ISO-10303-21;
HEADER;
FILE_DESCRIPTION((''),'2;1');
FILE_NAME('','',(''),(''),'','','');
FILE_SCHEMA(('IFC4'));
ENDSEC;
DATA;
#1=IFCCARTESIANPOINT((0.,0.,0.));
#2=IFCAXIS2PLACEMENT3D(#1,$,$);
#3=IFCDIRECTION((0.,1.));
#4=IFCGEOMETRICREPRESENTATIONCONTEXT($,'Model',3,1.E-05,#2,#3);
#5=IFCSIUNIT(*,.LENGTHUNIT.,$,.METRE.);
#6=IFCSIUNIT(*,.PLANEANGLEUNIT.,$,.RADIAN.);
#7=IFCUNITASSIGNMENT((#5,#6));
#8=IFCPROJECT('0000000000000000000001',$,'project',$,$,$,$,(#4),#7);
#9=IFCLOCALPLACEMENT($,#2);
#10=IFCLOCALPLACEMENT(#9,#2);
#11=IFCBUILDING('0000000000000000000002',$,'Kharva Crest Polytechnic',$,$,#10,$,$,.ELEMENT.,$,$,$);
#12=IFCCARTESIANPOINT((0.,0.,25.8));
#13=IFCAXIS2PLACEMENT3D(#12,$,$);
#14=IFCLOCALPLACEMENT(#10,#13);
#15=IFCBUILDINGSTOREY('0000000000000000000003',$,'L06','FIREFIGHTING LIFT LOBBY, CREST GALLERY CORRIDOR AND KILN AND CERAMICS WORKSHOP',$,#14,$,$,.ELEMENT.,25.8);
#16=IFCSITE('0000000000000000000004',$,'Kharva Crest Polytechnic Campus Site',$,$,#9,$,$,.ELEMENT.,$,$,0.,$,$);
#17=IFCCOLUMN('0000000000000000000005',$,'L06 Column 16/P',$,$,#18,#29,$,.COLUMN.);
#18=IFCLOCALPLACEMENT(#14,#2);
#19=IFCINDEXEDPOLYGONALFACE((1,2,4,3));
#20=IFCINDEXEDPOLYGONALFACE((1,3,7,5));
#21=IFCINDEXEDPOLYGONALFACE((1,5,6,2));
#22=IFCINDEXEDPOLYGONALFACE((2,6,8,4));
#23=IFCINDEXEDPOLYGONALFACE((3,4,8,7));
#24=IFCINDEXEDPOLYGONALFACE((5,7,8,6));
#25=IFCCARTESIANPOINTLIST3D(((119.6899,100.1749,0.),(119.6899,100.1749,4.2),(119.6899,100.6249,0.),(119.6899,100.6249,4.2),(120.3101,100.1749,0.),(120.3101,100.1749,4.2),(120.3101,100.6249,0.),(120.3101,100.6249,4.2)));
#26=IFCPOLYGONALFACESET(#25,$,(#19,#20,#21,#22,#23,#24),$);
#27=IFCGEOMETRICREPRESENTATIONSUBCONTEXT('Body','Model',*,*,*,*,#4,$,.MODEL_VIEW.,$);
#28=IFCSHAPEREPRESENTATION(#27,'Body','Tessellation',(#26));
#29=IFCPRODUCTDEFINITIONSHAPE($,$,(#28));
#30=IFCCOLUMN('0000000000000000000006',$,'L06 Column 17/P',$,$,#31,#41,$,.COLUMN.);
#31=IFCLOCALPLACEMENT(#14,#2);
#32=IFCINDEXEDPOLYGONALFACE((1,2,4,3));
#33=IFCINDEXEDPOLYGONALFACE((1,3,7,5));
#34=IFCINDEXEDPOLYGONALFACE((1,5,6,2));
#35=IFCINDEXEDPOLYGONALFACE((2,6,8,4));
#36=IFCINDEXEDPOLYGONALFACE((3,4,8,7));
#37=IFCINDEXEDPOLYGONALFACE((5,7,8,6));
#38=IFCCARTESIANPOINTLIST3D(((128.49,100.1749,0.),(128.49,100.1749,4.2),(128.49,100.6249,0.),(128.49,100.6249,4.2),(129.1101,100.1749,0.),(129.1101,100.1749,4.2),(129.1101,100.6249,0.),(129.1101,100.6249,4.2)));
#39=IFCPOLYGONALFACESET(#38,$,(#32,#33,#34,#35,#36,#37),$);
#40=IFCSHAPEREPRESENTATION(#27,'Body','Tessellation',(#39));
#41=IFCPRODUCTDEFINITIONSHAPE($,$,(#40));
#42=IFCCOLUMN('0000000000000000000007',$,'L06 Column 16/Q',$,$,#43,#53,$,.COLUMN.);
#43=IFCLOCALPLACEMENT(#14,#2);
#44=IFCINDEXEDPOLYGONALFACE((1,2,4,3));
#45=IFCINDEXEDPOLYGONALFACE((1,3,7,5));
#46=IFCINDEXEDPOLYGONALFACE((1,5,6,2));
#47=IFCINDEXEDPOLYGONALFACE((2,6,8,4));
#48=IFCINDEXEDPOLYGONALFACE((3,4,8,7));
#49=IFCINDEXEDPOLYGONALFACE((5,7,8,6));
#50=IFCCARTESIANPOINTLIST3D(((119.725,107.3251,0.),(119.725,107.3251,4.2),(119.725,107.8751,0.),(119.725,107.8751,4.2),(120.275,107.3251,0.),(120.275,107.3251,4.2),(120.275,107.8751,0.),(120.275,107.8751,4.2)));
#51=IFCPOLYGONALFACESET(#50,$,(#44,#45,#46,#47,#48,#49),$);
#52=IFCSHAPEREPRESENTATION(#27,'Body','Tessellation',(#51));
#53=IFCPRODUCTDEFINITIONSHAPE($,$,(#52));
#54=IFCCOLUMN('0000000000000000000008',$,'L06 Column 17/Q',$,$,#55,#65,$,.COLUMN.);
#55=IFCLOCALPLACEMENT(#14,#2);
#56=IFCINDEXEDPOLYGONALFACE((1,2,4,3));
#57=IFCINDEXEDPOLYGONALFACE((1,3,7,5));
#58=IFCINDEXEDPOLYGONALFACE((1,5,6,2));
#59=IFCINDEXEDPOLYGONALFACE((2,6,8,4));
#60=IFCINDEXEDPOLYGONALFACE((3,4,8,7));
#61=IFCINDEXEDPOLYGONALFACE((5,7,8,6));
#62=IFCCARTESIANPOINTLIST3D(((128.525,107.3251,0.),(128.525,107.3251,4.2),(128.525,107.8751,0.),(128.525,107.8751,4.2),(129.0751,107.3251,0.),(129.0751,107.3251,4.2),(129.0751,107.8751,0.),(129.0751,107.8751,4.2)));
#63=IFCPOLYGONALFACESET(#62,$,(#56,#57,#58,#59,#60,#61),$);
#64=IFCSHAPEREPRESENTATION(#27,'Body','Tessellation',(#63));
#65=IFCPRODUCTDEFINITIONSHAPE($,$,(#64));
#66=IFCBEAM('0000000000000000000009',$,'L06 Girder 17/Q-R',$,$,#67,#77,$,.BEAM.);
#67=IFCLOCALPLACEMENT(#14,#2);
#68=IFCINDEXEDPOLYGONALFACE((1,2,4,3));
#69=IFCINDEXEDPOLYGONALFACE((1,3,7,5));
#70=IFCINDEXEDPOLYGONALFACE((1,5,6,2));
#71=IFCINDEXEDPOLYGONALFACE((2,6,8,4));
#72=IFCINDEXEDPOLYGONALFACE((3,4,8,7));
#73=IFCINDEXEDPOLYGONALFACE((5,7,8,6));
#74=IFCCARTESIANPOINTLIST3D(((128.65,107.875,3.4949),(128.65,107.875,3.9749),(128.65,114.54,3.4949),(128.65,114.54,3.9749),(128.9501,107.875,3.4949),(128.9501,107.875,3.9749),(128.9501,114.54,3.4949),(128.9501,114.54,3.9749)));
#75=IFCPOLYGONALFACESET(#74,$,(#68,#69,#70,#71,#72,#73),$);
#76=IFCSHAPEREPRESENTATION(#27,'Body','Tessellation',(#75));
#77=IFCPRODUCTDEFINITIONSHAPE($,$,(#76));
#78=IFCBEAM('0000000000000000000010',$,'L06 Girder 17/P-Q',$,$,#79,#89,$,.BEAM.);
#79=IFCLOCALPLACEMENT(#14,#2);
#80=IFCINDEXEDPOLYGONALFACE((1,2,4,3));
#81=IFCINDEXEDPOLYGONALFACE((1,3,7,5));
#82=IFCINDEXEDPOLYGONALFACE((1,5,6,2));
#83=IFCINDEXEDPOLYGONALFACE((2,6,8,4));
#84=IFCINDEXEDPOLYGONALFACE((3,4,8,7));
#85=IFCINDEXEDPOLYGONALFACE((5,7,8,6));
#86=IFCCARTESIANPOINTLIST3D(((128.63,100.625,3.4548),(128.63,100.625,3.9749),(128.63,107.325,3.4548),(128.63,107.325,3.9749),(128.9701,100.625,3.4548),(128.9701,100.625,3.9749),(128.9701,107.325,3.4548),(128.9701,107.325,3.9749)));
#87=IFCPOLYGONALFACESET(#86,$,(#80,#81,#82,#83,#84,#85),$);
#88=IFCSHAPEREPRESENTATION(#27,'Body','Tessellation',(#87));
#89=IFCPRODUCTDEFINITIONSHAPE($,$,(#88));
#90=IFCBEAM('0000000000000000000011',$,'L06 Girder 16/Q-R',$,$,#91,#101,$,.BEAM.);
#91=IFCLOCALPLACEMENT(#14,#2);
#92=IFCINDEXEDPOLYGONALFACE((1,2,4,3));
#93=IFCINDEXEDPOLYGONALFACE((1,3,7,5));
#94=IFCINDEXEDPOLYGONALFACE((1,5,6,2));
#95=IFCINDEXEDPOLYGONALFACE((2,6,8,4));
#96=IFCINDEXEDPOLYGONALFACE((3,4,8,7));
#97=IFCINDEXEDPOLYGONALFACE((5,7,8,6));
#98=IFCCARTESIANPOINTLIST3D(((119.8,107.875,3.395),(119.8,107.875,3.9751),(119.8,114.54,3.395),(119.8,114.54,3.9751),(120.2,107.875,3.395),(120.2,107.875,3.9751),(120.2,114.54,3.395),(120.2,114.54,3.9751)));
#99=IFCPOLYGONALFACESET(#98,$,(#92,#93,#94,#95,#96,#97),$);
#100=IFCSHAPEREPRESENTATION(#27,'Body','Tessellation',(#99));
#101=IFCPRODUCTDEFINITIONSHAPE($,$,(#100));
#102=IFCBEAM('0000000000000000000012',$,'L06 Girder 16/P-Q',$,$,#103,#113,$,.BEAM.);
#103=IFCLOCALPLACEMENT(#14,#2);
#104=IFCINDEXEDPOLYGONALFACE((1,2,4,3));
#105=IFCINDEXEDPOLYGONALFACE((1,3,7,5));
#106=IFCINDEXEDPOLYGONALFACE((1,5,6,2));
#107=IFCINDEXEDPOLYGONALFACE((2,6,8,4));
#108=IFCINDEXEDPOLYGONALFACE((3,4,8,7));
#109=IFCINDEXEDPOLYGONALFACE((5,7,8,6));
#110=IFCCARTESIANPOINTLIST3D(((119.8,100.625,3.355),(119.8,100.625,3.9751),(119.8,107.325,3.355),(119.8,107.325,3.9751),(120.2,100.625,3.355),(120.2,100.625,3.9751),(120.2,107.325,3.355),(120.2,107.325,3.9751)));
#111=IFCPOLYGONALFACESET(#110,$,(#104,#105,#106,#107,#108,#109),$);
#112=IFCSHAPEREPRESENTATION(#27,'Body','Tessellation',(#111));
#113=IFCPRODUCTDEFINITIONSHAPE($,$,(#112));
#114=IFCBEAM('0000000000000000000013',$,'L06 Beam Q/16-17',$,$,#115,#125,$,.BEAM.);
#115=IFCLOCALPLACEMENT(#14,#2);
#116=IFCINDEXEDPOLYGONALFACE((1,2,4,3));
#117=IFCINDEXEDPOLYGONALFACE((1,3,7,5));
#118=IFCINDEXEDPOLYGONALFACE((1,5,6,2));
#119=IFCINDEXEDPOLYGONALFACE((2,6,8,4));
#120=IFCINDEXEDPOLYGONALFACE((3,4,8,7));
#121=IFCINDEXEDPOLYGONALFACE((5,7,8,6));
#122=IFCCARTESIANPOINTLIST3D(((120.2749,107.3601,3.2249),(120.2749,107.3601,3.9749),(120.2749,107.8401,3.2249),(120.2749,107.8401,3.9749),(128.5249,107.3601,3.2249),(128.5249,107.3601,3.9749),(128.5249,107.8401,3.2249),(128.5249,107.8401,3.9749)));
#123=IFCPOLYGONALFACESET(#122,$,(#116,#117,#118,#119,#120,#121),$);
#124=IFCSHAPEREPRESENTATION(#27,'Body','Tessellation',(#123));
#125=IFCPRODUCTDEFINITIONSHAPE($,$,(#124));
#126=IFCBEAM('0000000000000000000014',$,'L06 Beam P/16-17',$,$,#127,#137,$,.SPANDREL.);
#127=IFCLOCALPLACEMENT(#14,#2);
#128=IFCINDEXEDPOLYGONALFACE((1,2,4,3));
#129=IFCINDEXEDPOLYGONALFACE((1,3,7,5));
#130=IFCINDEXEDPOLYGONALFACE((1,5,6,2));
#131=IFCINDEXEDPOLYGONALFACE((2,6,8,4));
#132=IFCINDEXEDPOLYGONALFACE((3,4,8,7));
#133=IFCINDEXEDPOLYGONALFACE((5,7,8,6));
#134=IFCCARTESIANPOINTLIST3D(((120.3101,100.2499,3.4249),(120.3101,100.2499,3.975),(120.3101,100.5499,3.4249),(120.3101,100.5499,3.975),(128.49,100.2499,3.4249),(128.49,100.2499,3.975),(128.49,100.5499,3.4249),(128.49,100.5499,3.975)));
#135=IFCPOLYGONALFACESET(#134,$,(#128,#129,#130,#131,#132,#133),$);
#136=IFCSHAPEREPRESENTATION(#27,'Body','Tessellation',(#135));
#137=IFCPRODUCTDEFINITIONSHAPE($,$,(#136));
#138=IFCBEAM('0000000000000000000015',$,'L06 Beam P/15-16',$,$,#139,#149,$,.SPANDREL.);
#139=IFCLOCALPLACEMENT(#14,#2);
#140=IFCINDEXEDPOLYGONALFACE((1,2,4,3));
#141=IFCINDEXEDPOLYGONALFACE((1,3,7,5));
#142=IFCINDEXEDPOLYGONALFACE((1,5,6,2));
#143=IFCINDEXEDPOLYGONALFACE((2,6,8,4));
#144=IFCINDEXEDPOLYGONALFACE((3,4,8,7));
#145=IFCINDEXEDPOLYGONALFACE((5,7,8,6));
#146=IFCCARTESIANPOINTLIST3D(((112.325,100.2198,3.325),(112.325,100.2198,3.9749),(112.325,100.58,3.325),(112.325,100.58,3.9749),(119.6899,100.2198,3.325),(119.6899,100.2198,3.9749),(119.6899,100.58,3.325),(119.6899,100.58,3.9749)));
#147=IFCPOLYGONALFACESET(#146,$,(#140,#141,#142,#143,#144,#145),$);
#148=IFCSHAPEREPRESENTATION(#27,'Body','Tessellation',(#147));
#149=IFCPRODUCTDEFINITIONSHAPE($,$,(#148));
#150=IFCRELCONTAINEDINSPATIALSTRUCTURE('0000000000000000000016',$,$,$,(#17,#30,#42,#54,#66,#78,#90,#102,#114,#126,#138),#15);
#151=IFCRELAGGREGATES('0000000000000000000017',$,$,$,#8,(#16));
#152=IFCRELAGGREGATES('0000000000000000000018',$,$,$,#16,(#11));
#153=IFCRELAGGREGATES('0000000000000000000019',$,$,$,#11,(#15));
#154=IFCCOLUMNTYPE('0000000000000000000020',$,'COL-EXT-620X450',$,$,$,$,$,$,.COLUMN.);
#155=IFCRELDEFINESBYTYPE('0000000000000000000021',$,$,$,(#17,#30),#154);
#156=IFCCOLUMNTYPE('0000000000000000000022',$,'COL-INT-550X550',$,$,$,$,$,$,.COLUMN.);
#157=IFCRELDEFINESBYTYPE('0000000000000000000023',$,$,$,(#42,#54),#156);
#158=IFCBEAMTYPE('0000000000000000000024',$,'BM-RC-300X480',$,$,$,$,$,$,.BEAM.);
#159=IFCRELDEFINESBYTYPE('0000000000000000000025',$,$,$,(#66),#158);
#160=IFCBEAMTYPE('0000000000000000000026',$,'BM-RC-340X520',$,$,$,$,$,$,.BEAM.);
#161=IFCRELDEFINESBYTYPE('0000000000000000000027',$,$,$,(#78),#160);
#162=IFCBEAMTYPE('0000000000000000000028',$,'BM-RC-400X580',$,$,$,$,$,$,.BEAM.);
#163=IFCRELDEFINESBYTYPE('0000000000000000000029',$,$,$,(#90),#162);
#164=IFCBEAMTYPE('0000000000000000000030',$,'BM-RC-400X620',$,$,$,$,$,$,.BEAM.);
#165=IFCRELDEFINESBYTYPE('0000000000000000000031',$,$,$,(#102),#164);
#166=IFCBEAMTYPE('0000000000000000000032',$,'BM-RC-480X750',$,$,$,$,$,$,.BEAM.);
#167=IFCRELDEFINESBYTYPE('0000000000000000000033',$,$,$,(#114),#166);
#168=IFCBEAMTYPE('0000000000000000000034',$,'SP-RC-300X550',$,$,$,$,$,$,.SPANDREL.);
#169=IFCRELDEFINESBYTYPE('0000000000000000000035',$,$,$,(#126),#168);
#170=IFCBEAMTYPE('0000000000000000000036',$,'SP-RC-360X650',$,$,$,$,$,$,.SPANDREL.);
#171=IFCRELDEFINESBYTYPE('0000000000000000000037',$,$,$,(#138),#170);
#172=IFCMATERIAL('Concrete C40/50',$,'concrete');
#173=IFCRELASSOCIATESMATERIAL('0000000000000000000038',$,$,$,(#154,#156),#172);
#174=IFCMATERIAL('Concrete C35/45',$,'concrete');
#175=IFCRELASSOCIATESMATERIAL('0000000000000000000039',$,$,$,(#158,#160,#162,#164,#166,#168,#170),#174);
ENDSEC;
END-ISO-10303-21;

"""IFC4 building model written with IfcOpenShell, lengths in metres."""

from ifc_helpers import new_model, si_unit, direction, frame, origin, origin_2d, place, context, subcontext, project, spatial, rectangle, extrude, material, material_profile, profile_set, type_object, element, save


model = new_model("IFC4")

# Units and contexts
model_context = context("Model", 3, precision=1e-05, world=origin(), true_north=direction((0.0, 1.0)))
body_context = subcontext(model_context, "Body", "Model", "MODEL_VIEW")
ifc_project = project(units=[si_unit("LENGTHUNIT", "METRE"), si_unit("PLANEANGLEUNIT", "RADIAN")], contexts=[model_context])

# Site, building, storey
site_placement = place(None, origin())
site = spatial("IfcSite", under=ifc_project, at=site_placement, Name="Kharva Crest Polytechnic Campus Site", CompositionType="ELEMENT", RefElevation=0.0)
building_placement = place(site_placement, origin())
building = spatial("IfcBuilding", under=site, at=building_placement, Name="Kharva Crest Polytechnic", CompositionType="ELEMENT")
storey_placement = place(building_placement, frame((0.0, 0.0, 25.8)))
storey = spatial("IfcBuildingStorey", under=building, at=storey_placement, Name="L06", Description="FIREFIGHTING LIFT LOBBY, CREST GALLERY CORRIDOR AND KILN AND CERAMICS WORKSHOP", CompositionType="ELEMENT", Elevation=25.8)

# Columns
ifc_material_1 = material(Name="Concrete C40/50", Category="concrete")
ifc_material_profile_1 = material_profile(ifc_material_1, rectangle(XDim=0.6201, YDim=0.45, at=origin_2d()), Name="RECT 620 X 450")
ifc_profile_set_1 = profile_set([ifc_material_profile_1], Name="Concrete C40/50")
column_type_1 = type_object("IfcColumnType", Name="COL-EXT-620X450", PredefinedType="COLUMN", material=ifc_profile_set_1)
for number, where, z_axis, x_axis, name in (
    (1, (120.0, 100.3999, 0.0), (0.0, 0.0, 1.0), (1.0, 0.0, 0.0), "L06 Column 16/P"),
    (2, (128.8, 100.3999, 0.0), (0.0, 0.0, 1.0), (1.0, 0.0, 0.0), "L06 Column 17/P"),
):
    element("IfcColumn", number, at=place(storey_placement, frame(where, z_axis=z_axis, x_axis=x_axis)), inside=storey, type_object=column_type_1, Name=name, PredefinedType="COLUMN", context=body_context, shape_type="SweptSolid", body=[
        extrude(rectangle(XDim=0.6201, YDim=0.45, at=origin_2d()), origin(), (0.0, 0.0, 1.0), 4.2),
    ])
ifc_material_profile_2 = material_profile(ifc_material_1, rectangle(XDim=0.55, YDim=0.55, at=origin_2d()), Name="RECT 550 X 550")
ifc_profile_set_2 = profile_set([ifc_material_profile_2], Name="Concrete C40/50")
column_type_2 = type_object("IfcColumnType", Name="COL-INT-550X550", PredefinedType="COLUMN", material=ifc_profile_set_2)
for number, where, z_axis, x_axis, name in (
    (3, (120.0, 107.6001, 0.0), (0.0, 0.0, 1.0), (1.0, 0.0, 0.0), "L06 Column 16/Q"),
    (4, (128.8, 107.6001, 0.0), (0.0, 0.0, 1.0), (1.0, 0.0, 0.0), "L06 Column 17/Q"),
):
    element("IfcColumn", number, at=place(storey_placement, frame(where, z_axis=z_axis, x_axis=x_axis)), inside=storey, type_object=column_type_2, Name=name, PredefinedType="COLUMN", context=body_context, shape_type="SweptSolid", body=[
        extrude(rectangle(XDim=0.55, YDim=0.55, at=origin_2d()), origin(), (0.0, 0.0, 1.0), 4.2),
    ])

# Beams
ifc_material_2 = material(Name="Concrete C35/45", Category="concrete")
ifc_material_profile_3 = material_profile(ifc_material_2, rectangle(XDim=0.3, YDim=0.48, at=origin_2d()), Name="RECT 300 X 480")
ifc_profile_set_3 = profile_set([ifc_material_profile_3], Name="Concrete C35/45")
beam_type_1 = type_object("IfcBeamType", Name="BM-RC-300X480", PredefinedType="BEAM", material=ifc_profile_set_3)
beam_1_placement = place(storey_placement, frame((128.8, 107.875, 3.7349), z_axis=(0.0, 1.0, 0.0), x_axis=(-1.0, 0.0, 0.0)))
element("IfcBeam", 5, at=beam_1_placement, inside=storey, type_object=beam_type_1, Name="L06 Girder 17/Q-R", PredefinedType="BEAM", context=body_context, shape_type="SweptSolid", body=[
    extrude(rectangle(XDim=0.3, YDim=0.48, at=origin_2d()), origin(), (0.0, 0.0, 1.0), 6.665),
])
ifc_material_profile_4 = material_profile(ifc_material_2, rectangle(XDim=0.3401, YDim=0.52, at=origin_2d()), Name="RECT 340 X 520")
ifc_profile_set_4 = profile_set([ifc_material_profile_4], Name="Concrete C35/45")
beam_type_2 = type_object("IfcBeamType", Name="BM-RC-340X520", PredefinedType="BEAM", material=ifc_profile_set_4)
beam_2_placement = place(storey_placement, frame((128.8, 100.625, 3.7148), z_axis=(0.0, 1.0, 0.0), x_axis=(-1.0, 0.0, 0.0)))
element("IfcBeam", 6, at=beam_2_placement, inside=storey, type_object=beam_type_2, Name="L06 Girder 17/P-Q", PredefinedType="BEAM", context=body_context, shape_type="SweptSolid", body=[
    extrude(rectangle(XDim=0.3401, YDim=0.52, at=origin_2d()), origin(), (0.0, 0.0, 1.0), 6.7),
])
ifc_material_profile_5 = material_profile(ifc_material_2, rectangle(XDim=0.3999, YDim=0.5801, at=origin_2d()), Name="RECT 400 X 580")
ifc_profile_set_5 = profile_set([ifc_material_profile_5], Name="Concrete C35/45")
beam_type_3 = type_object("IfcBeamType", Name="BM-RC-400X580", PredefinedType="BEAM", material=ifc_profile_set_5)
beam_3_placement = place(storey_placement, frame((120.0, 107.875, 3.6851), z_axis=(0.0, 1.0, 0.0), x_axis=(-1.0, 0.0, 0.0)))
element("IfcBeam", 7, at=beam_3_placement, inside=storey, type_object=beam_type_3, Name="L06 Girder 16/Q-R", PredefinedType="BEAM", context=body_context, shape_type="SweptSolid", body=[
    extrude(rectangle(XDim=0.3999, YDim=0.5801, at=origin_2d()), origin(), (0.0, 0.0, 1.0), 6.665),
])
ifc_material_profile_6 = material_profile(ifc_material_2, rectangle(XDim=0.3999, YDim=0.6201, at=origin_2d()), Name="RECT 400 X 620")
ifc_profile_set_6 = profile_set([ifc_material_profile_6], Name="Concrete C35/45")
beam_type_4 = type_object("IfcBeamType", Name="BM-RC-400X620", PredefinedType="BEAM", material=ifc_profile_set_6)
beam_4_placement = place(storey_placement, frame((120.0, 100.625, 3.665), z_axis=(0.0, 1.0, 0.0), x_axis=(-1.0, 0.0, 0.0)))
element("IfcBeam", 8, at=beam_4_placement, inside=storey, type_object=beam_type_4, Name="L06 Girder 16/P-Q", PredefinedType="BEAM", context=body_context, shape_type="SweptSolid", body=[
    extrude(rectangle(XDim=0.3999, YDim=0.6201, at=origin_2d()), origin(), (0.0, 0.0, 1.0), 6.7),
])
ifc_material_profile_7 = material_profile(ifc_material_2, rectangle(XDim=0.48, YDim=0.75, at=origin_2d()), Name="RECT 480 X 750")
ifc_profile_set_7 = profile_set([ifc_material_profile_7], Name="Concrete C35/45")
beam_type_5 = type_object("IfcBeamType", Name="BM-RC-480X750", PredefinedType="BEAM", material=ifc_profile_set_7)
beam_5_placement = place(storey_placement, frame((120.2749, 107.6001, 3.5999), z_axis=(1.0, 0.0, 0.0), x_axis=(0.0, 1.0, 0.0)))
element("IfcBeam", 9, at=beam_5_placement, inside=storey, type_object=beam_type_5, Name="L06 Beam Q/16-17", PredefinedType="BEAM", context=body_context, shape_type="SweptSolid", body=[
    extrude(rectangle(XDim=0.48, YDim=0.75, at=origin_2d()), origin(), (0.0, 0.0, 1.0), 8.25),
])
ifc_material_profile_8 = material_profile(ifc_material_2, rectangle(XDim=0.3, YDim=0.55, at=origin_2d()), Name="RECT 300 X 550")
ifc_profile_set_8 = profile_set([ifc_material_profile_8], Name="Concrete C35/45")
beam_type_6 = type_object("IfcBeamType", Name="SP-RC-300X550", PredefinedType="SPANDREL", material=ifc_profile_set_8)
beam_6_placement = place(storey_placement, frame((120.3101, 100.3999, 3.7), z_axis=(1.0, 0.0, 0.0), x_axis=(0.0, 1.0, 0.0)))
element("IfcBeam", 10, at=beam_6_placement, inside=storey, type_object=beam_type_6, Name="L06 Beam P/16-17", PredefinedType="SPANDREL", context=body_context, shape_type="SweptSolid", body=[
    extrude(rectangle(XDim=0.3, YDim=0.55, at=origin_2d()), origin(), (0.0, 0.0, 1.0), 8.1799),
])
ifc_material_profile_9 = material_profile(ifc_material_2, rectangle(XDim=0.3601, YDim=0.6499, at=origin_2d()), Name="RECT 360 X 650")
ifc_profile_set_9 = profile_set([ifc_material_profile_9], Name="Concrete C35/45")
beam_type_7 = type_object("IfcBeamType", Name="SP-RC-360X650", PredefinedType="SPANDREL", material=ifc_profile_set_9)
beam_7_placement = place(storey_placement, frame((112.325, 100.3999, 3.6499), z_axis=(1.0, 0.0, 0.0), x_axis=(0.0, 1.0, 0.0)))
element("IfcBeam", 11, at=beam_7_placement, inside=storey, type_object=beam_type_7, Name="L06 Beam P/15-16", PredefinedType="SPANDREL", context=body_context, shape_type="SweptSolid", body=[
    extrude(rectangle(XDim=0.3601, YDim=0.6499, at=origin_2d()), origin(), (0.0, 0.0, 1.0), 7.365),
])

save(model, "model.ifc")
